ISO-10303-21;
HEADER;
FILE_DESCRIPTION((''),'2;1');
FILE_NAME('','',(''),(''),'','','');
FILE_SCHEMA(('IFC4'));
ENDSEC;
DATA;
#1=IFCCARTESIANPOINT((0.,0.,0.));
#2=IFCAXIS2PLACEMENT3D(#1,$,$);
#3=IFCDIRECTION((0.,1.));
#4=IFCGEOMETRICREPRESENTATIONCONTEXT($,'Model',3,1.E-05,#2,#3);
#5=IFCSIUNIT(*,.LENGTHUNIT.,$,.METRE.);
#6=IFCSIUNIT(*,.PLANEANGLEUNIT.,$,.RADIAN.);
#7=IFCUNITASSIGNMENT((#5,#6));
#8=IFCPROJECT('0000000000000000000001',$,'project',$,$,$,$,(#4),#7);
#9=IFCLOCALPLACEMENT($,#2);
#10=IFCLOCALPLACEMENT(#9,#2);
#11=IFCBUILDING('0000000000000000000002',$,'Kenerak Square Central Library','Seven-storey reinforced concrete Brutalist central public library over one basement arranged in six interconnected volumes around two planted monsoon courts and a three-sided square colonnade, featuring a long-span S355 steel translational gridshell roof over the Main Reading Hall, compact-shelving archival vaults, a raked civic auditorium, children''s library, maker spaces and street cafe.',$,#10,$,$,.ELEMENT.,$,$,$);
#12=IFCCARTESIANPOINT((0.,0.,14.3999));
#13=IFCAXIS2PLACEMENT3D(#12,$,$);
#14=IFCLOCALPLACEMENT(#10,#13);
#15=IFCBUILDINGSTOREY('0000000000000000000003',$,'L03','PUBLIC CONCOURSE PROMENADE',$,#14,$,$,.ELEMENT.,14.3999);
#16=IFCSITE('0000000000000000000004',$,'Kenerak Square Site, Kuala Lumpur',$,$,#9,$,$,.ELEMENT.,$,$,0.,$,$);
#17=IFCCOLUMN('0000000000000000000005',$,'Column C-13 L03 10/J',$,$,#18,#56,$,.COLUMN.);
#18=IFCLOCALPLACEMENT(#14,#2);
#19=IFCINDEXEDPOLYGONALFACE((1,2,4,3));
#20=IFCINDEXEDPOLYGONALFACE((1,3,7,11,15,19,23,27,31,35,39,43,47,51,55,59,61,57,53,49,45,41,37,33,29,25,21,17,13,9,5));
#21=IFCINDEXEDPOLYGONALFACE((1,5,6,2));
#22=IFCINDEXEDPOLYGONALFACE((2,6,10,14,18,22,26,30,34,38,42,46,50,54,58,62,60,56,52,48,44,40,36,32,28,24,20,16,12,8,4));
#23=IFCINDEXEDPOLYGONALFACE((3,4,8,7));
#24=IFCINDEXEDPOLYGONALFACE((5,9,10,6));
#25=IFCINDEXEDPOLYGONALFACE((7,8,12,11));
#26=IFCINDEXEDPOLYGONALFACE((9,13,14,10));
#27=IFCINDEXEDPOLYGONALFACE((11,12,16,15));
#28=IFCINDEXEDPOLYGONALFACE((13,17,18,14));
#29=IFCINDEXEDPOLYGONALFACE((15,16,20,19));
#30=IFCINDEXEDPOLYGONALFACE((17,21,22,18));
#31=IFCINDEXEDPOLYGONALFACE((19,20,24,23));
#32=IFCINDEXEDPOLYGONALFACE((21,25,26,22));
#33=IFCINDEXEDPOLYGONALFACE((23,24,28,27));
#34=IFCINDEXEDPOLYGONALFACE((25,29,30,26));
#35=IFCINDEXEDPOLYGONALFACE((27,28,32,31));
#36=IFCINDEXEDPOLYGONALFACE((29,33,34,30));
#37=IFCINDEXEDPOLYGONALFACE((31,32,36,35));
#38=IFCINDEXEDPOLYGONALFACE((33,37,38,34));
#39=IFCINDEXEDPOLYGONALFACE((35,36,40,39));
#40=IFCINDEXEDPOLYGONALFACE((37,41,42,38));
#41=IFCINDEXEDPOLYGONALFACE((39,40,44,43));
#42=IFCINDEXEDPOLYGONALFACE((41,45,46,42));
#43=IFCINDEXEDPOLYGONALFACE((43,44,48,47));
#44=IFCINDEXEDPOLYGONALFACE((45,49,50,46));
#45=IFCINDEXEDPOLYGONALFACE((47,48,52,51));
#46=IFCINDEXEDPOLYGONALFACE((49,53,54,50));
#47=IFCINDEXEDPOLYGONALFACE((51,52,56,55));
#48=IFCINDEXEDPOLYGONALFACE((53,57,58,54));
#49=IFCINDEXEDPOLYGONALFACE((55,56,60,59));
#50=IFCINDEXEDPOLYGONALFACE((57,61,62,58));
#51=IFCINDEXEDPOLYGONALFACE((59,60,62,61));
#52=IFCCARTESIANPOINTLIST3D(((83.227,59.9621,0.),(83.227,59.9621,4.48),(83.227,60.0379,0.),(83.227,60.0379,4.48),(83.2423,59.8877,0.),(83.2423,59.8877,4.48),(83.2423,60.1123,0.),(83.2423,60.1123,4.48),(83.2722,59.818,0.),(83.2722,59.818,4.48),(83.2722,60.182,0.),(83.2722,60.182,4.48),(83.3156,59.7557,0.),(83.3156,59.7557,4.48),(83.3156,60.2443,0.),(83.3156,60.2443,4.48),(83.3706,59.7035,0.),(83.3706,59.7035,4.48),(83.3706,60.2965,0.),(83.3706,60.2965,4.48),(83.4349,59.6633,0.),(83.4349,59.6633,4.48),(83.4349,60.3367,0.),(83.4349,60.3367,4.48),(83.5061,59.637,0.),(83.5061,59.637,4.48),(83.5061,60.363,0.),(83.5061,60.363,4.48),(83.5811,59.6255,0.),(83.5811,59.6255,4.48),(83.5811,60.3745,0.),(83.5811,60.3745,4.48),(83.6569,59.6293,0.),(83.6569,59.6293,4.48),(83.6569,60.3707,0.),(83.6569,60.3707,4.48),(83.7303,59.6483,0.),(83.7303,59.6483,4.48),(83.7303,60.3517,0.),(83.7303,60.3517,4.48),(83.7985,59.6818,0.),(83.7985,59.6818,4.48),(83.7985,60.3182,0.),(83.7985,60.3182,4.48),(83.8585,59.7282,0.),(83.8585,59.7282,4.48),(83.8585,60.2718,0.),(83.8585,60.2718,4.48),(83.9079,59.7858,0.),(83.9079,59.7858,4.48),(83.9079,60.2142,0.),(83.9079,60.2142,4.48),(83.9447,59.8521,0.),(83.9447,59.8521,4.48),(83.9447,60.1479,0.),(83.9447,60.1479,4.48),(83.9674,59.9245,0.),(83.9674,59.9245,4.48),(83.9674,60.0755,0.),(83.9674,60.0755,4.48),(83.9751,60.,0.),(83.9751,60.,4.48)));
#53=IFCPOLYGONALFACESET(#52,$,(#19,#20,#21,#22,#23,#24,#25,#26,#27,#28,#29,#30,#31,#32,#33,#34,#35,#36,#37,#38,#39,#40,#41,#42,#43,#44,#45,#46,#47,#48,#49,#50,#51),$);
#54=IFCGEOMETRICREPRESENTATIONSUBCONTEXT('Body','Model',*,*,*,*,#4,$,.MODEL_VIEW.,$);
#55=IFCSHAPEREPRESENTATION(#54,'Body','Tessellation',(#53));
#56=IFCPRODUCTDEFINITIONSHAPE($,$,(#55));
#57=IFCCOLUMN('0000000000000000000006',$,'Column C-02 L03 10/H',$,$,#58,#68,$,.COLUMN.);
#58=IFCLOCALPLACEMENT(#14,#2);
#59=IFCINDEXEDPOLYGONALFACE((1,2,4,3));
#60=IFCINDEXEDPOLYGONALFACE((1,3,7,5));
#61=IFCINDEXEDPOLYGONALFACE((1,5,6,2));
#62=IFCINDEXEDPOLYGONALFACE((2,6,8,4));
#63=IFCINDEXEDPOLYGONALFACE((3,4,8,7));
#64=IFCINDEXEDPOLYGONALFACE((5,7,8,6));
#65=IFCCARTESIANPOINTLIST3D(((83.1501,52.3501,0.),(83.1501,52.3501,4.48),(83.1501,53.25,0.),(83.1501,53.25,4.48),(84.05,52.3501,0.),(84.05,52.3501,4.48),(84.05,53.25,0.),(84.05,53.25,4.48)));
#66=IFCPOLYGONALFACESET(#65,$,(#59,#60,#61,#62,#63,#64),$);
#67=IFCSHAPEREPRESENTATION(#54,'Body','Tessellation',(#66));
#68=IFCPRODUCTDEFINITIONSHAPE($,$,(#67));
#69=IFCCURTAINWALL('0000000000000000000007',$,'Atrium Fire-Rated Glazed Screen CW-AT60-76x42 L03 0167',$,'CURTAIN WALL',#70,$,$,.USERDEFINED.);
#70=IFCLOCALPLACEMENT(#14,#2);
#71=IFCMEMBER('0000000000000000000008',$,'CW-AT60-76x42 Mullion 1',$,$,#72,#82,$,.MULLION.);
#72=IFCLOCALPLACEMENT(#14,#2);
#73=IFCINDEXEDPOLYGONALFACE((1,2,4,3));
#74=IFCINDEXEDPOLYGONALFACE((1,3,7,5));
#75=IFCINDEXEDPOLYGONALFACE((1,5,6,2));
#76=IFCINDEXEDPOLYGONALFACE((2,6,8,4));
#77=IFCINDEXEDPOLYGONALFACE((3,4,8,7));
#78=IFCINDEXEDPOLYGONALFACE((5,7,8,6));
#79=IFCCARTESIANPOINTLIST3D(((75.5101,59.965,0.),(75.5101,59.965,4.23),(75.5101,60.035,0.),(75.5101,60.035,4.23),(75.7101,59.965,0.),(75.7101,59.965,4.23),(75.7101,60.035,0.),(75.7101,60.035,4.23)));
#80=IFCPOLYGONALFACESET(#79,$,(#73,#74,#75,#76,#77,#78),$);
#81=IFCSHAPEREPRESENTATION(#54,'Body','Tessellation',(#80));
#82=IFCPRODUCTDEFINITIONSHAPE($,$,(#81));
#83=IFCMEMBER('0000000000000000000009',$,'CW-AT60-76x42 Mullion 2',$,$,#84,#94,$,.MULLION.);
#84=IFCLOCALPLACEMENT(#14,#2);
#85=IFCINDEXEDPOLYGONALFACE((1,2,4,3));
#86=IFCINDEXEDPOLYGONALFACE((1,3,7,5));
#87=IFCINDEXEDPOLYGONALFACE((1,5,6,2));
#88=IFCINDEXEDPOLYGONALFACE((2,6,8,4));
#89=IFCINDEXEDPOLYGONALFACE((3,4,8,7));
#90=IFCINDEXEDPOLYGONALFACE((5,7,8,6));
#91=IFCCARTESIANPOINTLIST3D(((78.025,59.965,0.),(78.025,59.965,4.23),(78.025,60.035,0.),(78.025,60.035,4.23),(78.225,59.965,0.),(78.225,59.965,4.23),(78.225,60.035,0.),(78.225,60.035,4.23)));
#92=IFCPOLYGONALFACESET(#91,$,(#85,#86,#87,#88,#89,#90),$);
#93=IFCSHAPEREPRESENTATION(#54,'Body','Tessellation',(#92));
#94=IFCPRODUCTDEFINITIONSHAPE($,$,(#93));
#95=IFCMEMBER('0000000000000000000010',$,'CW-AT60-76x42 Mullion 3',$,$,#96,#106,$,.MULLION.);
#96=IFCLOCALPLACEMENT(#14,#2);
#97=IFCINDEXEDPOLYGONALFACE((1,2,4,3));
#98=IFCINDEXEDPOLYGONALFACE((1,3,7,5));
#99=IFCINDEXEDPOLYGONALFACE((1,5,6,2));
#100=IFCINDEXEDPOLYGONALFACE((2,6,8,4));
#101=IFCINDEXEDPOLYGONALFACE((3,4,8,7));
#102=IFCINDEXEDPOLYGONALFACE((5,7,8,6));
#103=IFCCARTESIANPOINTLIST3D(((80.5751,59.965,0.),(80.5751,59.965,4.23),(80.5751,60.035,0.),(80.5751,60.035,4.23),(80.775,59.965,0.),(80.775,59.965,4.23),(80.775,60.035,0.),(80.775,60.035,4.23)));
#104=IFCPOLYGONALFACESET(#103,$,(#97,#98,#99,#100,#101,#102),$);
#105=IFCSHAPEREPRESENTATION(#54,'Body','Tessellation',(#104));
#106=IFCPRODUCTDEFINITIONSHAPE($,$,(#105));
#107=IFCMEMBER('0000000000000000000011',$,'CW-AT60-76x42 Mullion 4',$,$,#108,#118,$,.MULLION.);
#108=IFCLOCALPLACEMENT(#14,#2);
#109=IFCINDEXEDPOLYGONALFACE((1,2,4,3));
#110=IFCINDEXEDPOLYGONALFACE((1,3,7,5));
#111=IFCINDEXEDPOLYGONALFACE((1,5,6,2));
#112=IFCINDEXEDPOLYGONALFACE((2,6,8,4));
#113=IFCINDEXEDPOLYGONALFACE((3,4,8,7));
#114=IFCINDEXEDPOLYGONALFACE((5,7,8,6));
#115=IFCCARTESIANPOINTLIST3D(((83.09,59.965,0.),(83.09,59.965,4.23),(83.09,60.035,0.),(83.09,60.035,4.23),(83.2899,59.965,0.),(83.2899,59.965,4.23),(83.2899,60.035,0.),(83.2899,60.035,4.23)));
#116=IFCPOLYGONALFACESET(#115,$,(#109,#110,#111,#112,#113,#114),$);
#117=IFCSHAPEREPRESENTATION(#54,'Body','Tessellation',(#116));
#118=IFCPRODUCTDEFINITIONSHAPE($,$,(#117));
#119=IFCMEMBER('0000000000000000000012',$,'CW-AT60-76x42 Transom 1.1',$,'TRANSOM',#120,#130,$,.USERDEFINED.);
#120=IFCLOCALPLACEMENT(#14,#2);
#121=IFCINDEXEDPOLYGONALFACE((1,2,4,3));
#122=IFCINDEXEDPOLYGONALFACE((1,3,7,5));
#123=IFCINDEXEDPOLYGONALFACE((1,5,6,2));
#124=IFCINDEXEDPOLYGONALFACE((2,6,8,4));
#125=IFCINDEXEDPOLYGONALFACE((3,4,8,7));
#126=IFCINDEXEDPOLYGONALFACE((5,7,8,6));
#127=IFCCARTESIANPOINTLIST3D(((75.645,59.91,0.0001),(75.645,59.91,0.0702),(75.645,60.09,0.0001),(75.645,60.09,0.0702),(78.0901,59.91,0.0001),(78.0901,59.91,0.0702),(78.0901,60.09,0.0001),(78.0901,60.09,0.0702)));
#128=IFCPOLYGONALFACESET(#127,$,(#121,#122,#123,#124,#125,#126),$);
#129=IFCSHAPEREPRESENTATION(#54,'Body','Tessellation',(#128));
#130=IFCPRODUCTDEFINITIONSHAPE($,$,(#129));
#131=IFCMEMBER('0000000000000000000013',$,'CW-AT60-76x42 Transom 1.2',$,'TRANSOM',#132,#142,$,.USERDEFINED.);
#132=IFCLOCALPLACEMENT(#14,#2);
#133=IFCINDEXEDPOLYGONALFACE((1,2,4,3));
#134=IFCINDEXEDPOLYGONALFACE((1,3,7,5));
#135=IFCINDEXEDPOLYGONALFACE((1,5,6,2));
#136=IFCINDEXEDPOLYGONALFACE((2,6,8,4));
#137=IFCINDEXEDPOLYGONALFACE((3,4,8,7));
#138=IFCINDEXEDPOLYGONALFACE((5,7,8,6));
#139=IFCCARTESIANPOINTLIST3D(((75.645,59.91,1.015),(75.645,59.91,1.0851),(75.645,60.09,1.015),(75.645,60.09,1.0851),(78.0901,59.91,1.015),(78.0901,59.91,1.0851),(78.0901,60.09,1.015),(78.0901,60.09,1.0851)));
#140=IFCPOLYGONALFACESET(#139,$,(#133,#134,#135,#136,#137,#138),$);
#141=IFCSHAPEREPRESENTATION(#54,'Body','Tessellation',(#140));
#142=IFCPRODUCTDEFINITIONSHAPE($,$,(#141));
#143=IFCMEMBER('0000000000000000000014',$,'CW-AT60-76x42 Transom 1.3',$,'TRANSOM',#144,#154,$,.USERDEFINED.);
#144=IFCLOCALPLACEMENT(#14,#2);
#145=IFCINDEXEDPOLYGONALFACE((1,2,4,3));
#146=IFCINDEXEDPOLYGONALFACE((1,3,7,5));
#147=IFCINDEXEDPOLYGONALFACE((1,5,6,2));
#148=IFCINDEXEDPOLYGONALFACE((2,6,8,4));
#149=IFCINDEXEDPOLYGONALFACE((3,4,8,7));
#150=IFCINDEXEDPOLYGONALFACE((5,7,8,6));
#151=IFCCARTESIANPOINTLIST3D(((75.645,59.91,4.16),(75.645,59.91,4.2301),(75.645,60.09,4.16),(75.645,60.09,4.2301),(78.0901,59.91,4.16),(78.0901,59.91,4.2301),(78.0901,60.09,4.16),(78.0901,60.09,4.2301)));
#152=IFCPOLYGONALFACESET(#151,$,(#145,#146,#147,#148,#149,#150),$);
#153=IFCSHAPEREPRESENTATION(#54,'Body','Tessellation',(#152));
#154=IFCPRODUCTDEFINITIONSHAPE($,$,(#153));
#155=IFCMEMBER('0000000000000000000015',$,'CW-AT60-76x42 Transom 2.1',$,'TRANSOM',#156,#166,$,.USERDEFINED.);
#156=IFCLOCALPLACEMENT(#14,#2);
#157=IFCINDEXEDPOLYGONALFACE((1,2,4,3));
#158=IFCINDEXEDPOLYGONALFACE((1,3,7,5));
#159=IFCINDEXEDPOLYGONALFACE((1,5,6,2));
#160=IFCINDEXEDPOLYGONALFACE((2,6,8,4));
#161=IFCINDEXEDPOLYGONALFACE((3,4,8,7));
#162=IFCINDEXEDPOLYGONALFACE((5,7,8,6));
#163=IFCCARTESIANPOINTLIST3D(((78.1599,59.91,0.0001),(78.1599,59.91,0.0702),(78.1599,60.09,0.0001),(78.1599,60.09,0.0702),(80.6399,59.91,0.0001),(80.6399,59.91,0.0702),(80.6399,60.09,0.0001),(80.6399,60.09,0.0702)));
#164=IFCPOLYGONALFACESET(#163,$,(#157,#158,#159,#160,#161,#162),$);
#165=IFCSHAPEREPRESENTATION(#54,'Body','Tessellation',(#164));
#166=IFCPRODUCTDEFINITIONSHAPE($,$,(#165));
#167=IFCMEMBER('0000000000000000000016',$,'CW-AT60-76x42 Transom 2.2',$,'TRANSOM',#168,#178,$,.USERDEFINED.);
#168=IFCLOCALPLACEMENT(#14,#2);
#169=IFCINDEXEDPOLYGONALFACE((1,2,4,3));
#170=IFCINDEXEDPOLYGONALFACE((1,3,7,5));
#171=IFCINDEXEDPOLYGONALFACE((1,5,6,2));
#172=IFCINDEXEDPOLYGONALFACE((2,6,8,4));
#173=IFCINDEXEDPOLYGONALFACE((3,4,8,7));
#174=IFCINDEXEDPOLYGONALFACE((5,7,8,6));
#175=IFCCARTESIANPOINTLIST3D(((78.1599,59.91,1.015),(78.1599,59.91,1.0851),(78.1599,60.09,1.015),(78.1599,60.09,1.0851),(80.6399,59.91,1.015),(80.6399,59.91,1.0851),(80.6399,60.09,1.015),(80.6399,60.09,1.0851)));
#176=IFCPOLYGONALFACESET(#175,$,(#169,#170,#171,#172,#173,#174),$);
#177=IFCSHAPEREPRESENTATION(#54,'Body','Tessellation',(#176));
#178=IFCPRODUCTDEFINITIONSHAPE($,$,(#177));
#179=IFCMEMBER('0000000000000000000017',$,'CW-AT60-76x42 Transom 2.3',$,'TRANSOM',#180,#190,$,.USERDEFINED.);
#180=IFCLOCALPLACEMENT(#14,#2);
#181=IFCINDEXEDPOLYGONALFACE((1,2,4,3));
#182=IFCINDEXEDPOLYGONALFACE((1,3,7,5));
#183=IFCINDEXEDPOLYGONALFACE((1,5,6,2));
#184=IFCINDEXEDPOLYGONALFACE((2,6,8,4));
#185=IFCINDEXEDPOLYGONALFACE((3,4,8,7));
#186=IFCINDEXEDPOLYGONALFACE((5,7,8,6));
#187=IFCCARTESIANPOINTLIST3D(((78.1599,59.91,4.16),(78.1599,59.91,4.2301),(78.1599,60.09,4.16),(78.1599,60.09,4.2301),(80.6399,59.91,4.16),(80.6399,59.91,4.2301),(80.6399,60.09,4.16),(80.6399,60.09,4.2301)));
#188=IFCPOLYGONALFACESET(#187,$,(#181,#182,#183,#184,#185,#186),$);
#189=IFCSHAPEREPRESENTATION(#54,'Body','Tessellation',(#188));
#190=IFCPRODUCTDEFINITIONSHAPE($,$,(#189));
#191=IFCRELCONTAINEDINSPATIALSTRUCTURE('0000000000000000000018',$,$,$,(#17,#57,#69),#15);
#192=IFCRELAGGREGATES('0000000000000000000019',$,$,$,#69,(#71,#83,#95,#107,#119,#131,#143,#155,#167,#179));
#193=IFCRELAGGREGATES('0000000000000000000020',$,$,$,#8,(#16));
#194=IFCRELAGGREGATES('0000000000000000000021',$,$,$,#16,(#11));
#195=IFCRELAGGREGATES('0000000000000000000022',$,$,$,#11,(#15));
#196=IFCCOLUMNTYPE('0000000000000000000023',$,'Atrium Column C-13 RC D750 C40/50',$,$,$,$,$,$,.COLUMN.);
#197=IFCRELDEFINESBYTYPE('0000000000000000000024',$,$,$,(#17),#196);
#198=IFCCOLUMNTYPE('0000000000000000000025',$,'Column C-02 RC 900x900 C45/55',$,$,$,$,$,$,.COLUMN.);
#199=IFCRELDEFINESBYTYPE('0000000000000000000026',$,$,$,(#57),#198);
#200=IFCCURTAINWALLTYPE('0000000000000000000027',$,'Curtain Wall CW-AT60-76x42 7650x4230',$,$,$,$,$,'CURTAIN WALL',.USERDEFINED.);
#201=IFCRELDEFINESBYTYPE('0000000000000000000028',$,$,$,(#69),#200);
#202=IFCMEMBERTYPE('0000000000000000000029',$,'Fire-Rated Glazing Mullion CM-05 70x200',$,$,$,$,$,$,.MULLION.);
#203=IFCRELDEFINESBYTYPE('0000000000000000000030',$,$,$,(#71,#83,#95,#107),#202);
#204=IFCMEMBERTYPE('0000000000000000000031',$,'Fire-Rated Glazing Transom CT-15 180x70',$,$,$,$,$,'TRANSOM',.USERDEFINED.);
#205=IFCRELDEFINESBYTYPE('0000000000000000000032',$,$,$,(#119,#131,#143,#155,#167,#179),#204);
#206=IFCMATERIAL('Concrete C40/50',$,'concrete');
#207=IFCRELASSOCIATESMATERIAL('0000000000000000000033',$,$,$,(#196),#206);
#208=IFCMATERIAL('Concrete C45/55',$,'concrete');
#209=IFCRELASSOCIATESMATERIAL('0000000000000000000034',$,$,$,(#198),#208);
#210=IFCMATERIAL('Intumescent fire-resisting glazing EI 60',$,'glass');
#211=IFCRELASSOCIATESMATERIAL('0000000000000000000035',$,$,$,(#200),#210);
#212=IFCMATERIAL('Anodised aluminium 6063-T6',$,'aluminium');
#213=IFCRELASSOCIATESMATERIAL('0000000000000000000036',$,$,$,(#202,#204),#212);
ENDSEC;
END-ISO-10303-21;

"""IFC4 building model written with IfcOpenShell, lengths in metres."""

from ifc_helpers import new_model, si_unit, direction, frame, origin, origin_2d, place, context, subcontext, project, spatial, rectangle, circle, extrude, material, material_profile, profile_set, type_object, element, aggregate, save


model = new_model("IFC4")

# Units and contexts
model_context = context("Model", 3, precision=1e-05, world=origin(), true_north=direction((0.0, 1.0)))
body_context = subcontext(model_context, "Body", "Model", "MODEL_VIEW")
ifc_project = project(units=[si_unit("LENGTHUNIT", "METRE"), si_unit("PLANEANGLEUNIT", "RADIAN")], contexts=[model_context])

# Site, building, storey
site_placement = place(None, origin())
site = spatial("IfcSite", under=ifc_project, at=site_placement, Name="Kenerak Square Site, Kuala Lumpur", CompositionType="ELEMENT", RefElevation=0.0)
building_placement = place(site_placement, origin())
building = spatial("IfcBuilding", under=site, at=building_placement, Name="Kenerak Square Central Library", Description="Seven-storey reinforced concrete Brutalist central public library over one basement arranged in six interconnected volumes around two planted monsoon courts and a three-sided square colonnade, featuring a long-span S355 steel translational gridshell roof over the Main Reading Hall, compact-shelving archival vaults, a raked civic auditorium, children's library, maker spaces and street cafe.", CompositionType="ELEMENT")
storey_placement = place(building_placement, frame((0.0, 0.0, 14.3999)))
storey = spatial("IfcBuildingStorey", under=building, at=storey_placement, Name="L03", Description="PUBLIC CONCOURSE PROMENADE", CompositionType="ELEMENT", Elevation=14.3999)

# Columns
ifc_material_1 = material(Name="Concrete C40/50", Category="concrete")
ifc_material_profile_1 = material_profile(ifc_material_1, circle(Radius=0.375, at=origin_2d()), Name="RC D750")
ifc_profile_set_1 = profile_set([ifc_material_profile_1], Name="Concrete C40/50")
column_type_1 = type_object("IfcColumnType", Name="Atrium Column C-13 RC D750 C40/50", PredefinedType="COLUMN", material=ifc_profile_set_1)
column_1_placement = place(storey_placement, frame((83.6001, 60.0, 0.0), z_axis=(0.0, 0.0, 1.0), x_axis=(1.0, 0.0, 0.0)))
element("IfcColumn", 1, at=column_1_placement, inside=storey, type_object=column_type_1, Name="Column C-13 L03 10/J", PredefinedType="COLUMN", context=body_context, shape_type="SweptSolid", body=[
    extrude(circle(Radius=0.375, at=origin_2d()), origin(), (0.0, 0.0, 1.0), 4.48),
])
ifc_material_2 = material(Name="Concrete C45/55", Category="concrete")
ifc_material_profile_2 = material_profile(ifc_material_2, rectangle(XDim=0.8999, YDim=0.8999, at=origin_2d()), Name="RC 900x900")
ifc_profile_set_2 = profile_set([ifc_material_profile_2], Name="Concrete C45/55")
column_type_2 = type_object("IfcColumnType", Name="Column C-02 RC 900x900 C45/55", PredefinedType="COLUMN", material=ifc_profile_set_2)
column_2_placement = place(storey_placement, frame((83.6001, 52.8, 0.0), z_axis=(0.0, 0.0, 1.0), x_axis=(1.0, 0.0, 0.0)))
element("IfcColumn", 2, at=column_2_placement, inside=storey, type_object=column_type_2, Name="Column C-02 L03 10/H", PredefinedType="COLUMN", context=body_context, shape_type="SweptSolid", body=[
    extrude(rectangle(XDim=0.8999, YDim=0.8999, at=origin_2d()), origin(), (0.0, 0.0, 1.0), 4.48),
])

# Curtain wall, members
ifc_material_3 = material(Name="Intumescent fire-resisting glazing EI 60", Category="glass")
curtain_wall_type = type_object("IfcCurtainWallType", Name="Curtain Wall CW-AT60-76x42 7650x4230", ElementType="CURTAIN WALL", PredefinedType="USERDEFINED", material=ifc_material_3)
curtain_wall_placement = place(storey_placement, origin())
curtain_wall = element("IfcCurtainWall", 3, at=curtain_wall_placement, inside=storey, type_object=curtain_wall_type, Name="Atrium Fire-Rated Glazed Screen CW-AT60-76x42 L03 0167", ObjectType="CURTAIN WALL", PredefinedType="USERDEFINED")
ifc_material_4 = material(Name="Anodised aluminium 6063-T6", Category="aluminium")
ifc_material_profile_3 = material_profile(ifc_material_4, rectangle(XDim=0.0701, YDim=0.2, at=origin_2d()), Name="AL MULLION 70x200")
ifc_profile_set_3 = profile_set([ifc_material_profile_3], Name="Anodised aluminium 6063-T6")
member_type_1 = type_object("IfcMemberType", Name="Fire-Rated Glazing Mullion CM-05 70x200", PredefinedType="MULLION", material=ifc_profile_set_3)
member_1_placement = place(storey_placement, frame((75.6101, 60.0, 0.0), z_axis=(0.0, 0.0, 1.0), x_axis=(0.0, 1.0, 0.0)))
member_1 = element("IfcMember", 4, at=member_1_placement, type_object=member_type_1, Name="CW-AT60-76x42 Mullion 1", PredefinedType="MULLION", context=body_context, shape_type="SweptSolid", body=[
    extrude(rectangle(XDim=0.0701, YDim=0.2, at=origin_2d()), origin(), (0.0, 0.0, 1.0), 4.23),
])
member_2_placement = place(storey_placement, frame((78.125, 60.0, 0.0), z_axis=(0.0, 0.0, 1.0), x_axis=(0.0, 1.0, 0.0)))
member_2 = element("IfcMember", 5, at=member_2_placement, type_object=member_type_1, Name="CW-AT60-76x42 Mullion 2", PredefinedType="MULLION", context=body_context, shape_type="SweptSolid", body=[
    extrude(rectangle(XDim=0.0701, YDim=0.2, at=origin_2d()), origin(), (0.0, 0.0, 1.0), 4.23),
])
member_3_placement = place(storey_placement, frame((80.675, 60.0, 0.0), z_axis=(0.0, 0.0, 1.0), x_axis=(0.0, 1.0, 0.0)))
member_3 = element("IfcMember", 6, at=member_3_placement, type_object=member_type_1, Name="CW-AT60-76x42 Mullion 3", PredefinedType="MULLION", context=body_context, shape_type="SweptSolid", body=[
    extrude(rectangle(XDim=0.0701, YDim=0.2, at=origin_2d()), origin(), (0.0, 0.0, 1.0), 4.23),
])
member_4_placement = place(storey_placement, frame((83.1899, 60.0, 0.0), z_axis=(0.0, 0.0, 1.0), x_axis=(0.0, 1.0, 0.0)))
member_4 = element("IfcMember", 7, at=member_4_placement, type_object=member_type_1, Name="CW-AT60-76x42 Mullion 4", PredefinedType="MULLION", context=body_context, shape_type="SweptSolid", body=[
    extrude(rectangle(XDim=0.0701, YDim=0.2, at=origin_2d()), origin(), (0.0, 0.0, 1.0), 4.23),
])
ifc_material_profile_4 = material_profile(ifc_material_4, rectangle(XDim=0.1799, YDim=0.0701, at=origin_2d()), Name="AL TRANSOM 180x70")
ifc_profile_set_4 = profile_set([ifc_material_profile_4], Name="Anodised aluminium 6063-T6")
member_type_2 = type_object("IfcMemberType", Name="Fire-Rated Glazing Transom CT-15 180x70", ElementType="TRANSOM", PredefinedType="USERDEFINED", material=ifc_profile_set_4)
member_5_placement = place(storey_placement, frame((75.645, 60.0, 0.0352), z_axis=(1.0, 0.0, 0.0), x_axis=(0.0, 1.0, 0.0)))
member_5 = element("IfcMember", 8, at=member_5_placement, type_object=member_type_2, Name="CW-AT60-76x42 Transom 1.1", ObjectType="TRANSOM", PredefinedType="USERDEFINED", context=body_context, shape_type="SweptSolid", body=[
    extrude(rectangle(XDim=0.1799, YDim=0.0701, at=origin_2d()), origin(), (0.0, 0.0, 1.0), 2.4451),
])
member_6_placement = place(storey_placement, frame((75.645, 60.0, 1.05), z_axis=(1.0, 0.0, 0.0), x_axis=(0.0, 1.0, 0.0)))
member_6 = element("IfcMember", 9, at=member_6_placement, type_object=member_type_2, Name="CW-AT60-76x42 Transom 1.2", ObjectType="TRANSOM", PredefinedType="USERDEFINED", context=body_context, shape_type="SweptSolid", body=[
    extrude(rectangle(XDim=0.1799, YDim=0.0701, at=origin_2d()), origin(), (0.0, 0.0, 1.0), 2.4451),
])
member_7_placement = place(storey_placement, frame((75.645, 60.0, 4.1951), z_axis=(1.0, 0.0, 0.0), x_axis=(0.0, 1.0, 0.0)))
member_7 = element("IfcMember", 10, at=member_7_placement, type_object=member_type_2, Name="CW-AT60-76x42 Transom 1.3", ObjectType="TRANSOM", PredefinedType="USERDEFINED", context=body_context, shape_type="SweptSolid", body=[
    extrude(rectangle(XDim=0.1799, YDim=0.0701, at=origin_2d()), origin(), (0.0, 0.0, 1.0), 2.4451),
])
member_8_placement = place(storey_placement, frame((78.1599, 60.0, 0.0352), z_axis=(1.0, 0.0, 0.0), x_axis=(0.0, 1.0, 0.0)))
member_8 = element("IfcMember", 11, at=member_8_placement, type_object=member_type_2, Name="CW-AT60-76x42 Transom 2.1", ObjectType="TRANSOM", PredefinedType="USERDEFINED", context=body_context, shape_type="SweptSolid", body=[
    extrude(rectangle(XDim=0.1799, YDim=0.0701, at=origin_2d()), origin(), (0.0, 0.0, 1.0), 2.48),
])
member_9_placement = place(storey_placement, frame((78.1599, 60.0, 1.05), z_axis=(1.0, 0.0, 0.0), x_axis=(0.0, 1.0, 0.0)))
member_9 = element("IfcMember", 12, at=member_9_placement, type_object=member_type_2, Name="CW-AT60-76x42 Transom 2.2", ObjectType="TRANSOM", PredefinedType="USERDEFINED", context=body_context, shape_type="SweptSolid", body=[
    extrude(rectangle(XDim=0.1799, YDim=0.0701, at=origin_2d()), origin(), (0.0, 0.0, 1.0), 2.48),
])
member_10_placement = place(storey_placement, frame((78.1599, 60.0, 4.1951), z_axis=(1.0, 0.0, 0.0), x_axis=(0.0, 1.0, 0.0)))
member_10 = element("IfcMember", 13, at=member_10_placement, type_object=member_type_2, Name="CW-AT60-76x42 Transom 2.3", ObjectType="TRANSOM", PredefinedType="USERDEFINED", context=body_context, shape_type="SweptSolid", body=[
    extrude(rectangle(XDim=0.1799, YDim=0.0701, at=origin_2d()), origin(), (0.0, 0.0, 1.0), 2.48),
])

aggregate(curtain_wall, [member_1, member_2, member_3, member_4, member_5, member_6, member_7, member_8, member_9, member_10])

save(model, "model.ifc")
